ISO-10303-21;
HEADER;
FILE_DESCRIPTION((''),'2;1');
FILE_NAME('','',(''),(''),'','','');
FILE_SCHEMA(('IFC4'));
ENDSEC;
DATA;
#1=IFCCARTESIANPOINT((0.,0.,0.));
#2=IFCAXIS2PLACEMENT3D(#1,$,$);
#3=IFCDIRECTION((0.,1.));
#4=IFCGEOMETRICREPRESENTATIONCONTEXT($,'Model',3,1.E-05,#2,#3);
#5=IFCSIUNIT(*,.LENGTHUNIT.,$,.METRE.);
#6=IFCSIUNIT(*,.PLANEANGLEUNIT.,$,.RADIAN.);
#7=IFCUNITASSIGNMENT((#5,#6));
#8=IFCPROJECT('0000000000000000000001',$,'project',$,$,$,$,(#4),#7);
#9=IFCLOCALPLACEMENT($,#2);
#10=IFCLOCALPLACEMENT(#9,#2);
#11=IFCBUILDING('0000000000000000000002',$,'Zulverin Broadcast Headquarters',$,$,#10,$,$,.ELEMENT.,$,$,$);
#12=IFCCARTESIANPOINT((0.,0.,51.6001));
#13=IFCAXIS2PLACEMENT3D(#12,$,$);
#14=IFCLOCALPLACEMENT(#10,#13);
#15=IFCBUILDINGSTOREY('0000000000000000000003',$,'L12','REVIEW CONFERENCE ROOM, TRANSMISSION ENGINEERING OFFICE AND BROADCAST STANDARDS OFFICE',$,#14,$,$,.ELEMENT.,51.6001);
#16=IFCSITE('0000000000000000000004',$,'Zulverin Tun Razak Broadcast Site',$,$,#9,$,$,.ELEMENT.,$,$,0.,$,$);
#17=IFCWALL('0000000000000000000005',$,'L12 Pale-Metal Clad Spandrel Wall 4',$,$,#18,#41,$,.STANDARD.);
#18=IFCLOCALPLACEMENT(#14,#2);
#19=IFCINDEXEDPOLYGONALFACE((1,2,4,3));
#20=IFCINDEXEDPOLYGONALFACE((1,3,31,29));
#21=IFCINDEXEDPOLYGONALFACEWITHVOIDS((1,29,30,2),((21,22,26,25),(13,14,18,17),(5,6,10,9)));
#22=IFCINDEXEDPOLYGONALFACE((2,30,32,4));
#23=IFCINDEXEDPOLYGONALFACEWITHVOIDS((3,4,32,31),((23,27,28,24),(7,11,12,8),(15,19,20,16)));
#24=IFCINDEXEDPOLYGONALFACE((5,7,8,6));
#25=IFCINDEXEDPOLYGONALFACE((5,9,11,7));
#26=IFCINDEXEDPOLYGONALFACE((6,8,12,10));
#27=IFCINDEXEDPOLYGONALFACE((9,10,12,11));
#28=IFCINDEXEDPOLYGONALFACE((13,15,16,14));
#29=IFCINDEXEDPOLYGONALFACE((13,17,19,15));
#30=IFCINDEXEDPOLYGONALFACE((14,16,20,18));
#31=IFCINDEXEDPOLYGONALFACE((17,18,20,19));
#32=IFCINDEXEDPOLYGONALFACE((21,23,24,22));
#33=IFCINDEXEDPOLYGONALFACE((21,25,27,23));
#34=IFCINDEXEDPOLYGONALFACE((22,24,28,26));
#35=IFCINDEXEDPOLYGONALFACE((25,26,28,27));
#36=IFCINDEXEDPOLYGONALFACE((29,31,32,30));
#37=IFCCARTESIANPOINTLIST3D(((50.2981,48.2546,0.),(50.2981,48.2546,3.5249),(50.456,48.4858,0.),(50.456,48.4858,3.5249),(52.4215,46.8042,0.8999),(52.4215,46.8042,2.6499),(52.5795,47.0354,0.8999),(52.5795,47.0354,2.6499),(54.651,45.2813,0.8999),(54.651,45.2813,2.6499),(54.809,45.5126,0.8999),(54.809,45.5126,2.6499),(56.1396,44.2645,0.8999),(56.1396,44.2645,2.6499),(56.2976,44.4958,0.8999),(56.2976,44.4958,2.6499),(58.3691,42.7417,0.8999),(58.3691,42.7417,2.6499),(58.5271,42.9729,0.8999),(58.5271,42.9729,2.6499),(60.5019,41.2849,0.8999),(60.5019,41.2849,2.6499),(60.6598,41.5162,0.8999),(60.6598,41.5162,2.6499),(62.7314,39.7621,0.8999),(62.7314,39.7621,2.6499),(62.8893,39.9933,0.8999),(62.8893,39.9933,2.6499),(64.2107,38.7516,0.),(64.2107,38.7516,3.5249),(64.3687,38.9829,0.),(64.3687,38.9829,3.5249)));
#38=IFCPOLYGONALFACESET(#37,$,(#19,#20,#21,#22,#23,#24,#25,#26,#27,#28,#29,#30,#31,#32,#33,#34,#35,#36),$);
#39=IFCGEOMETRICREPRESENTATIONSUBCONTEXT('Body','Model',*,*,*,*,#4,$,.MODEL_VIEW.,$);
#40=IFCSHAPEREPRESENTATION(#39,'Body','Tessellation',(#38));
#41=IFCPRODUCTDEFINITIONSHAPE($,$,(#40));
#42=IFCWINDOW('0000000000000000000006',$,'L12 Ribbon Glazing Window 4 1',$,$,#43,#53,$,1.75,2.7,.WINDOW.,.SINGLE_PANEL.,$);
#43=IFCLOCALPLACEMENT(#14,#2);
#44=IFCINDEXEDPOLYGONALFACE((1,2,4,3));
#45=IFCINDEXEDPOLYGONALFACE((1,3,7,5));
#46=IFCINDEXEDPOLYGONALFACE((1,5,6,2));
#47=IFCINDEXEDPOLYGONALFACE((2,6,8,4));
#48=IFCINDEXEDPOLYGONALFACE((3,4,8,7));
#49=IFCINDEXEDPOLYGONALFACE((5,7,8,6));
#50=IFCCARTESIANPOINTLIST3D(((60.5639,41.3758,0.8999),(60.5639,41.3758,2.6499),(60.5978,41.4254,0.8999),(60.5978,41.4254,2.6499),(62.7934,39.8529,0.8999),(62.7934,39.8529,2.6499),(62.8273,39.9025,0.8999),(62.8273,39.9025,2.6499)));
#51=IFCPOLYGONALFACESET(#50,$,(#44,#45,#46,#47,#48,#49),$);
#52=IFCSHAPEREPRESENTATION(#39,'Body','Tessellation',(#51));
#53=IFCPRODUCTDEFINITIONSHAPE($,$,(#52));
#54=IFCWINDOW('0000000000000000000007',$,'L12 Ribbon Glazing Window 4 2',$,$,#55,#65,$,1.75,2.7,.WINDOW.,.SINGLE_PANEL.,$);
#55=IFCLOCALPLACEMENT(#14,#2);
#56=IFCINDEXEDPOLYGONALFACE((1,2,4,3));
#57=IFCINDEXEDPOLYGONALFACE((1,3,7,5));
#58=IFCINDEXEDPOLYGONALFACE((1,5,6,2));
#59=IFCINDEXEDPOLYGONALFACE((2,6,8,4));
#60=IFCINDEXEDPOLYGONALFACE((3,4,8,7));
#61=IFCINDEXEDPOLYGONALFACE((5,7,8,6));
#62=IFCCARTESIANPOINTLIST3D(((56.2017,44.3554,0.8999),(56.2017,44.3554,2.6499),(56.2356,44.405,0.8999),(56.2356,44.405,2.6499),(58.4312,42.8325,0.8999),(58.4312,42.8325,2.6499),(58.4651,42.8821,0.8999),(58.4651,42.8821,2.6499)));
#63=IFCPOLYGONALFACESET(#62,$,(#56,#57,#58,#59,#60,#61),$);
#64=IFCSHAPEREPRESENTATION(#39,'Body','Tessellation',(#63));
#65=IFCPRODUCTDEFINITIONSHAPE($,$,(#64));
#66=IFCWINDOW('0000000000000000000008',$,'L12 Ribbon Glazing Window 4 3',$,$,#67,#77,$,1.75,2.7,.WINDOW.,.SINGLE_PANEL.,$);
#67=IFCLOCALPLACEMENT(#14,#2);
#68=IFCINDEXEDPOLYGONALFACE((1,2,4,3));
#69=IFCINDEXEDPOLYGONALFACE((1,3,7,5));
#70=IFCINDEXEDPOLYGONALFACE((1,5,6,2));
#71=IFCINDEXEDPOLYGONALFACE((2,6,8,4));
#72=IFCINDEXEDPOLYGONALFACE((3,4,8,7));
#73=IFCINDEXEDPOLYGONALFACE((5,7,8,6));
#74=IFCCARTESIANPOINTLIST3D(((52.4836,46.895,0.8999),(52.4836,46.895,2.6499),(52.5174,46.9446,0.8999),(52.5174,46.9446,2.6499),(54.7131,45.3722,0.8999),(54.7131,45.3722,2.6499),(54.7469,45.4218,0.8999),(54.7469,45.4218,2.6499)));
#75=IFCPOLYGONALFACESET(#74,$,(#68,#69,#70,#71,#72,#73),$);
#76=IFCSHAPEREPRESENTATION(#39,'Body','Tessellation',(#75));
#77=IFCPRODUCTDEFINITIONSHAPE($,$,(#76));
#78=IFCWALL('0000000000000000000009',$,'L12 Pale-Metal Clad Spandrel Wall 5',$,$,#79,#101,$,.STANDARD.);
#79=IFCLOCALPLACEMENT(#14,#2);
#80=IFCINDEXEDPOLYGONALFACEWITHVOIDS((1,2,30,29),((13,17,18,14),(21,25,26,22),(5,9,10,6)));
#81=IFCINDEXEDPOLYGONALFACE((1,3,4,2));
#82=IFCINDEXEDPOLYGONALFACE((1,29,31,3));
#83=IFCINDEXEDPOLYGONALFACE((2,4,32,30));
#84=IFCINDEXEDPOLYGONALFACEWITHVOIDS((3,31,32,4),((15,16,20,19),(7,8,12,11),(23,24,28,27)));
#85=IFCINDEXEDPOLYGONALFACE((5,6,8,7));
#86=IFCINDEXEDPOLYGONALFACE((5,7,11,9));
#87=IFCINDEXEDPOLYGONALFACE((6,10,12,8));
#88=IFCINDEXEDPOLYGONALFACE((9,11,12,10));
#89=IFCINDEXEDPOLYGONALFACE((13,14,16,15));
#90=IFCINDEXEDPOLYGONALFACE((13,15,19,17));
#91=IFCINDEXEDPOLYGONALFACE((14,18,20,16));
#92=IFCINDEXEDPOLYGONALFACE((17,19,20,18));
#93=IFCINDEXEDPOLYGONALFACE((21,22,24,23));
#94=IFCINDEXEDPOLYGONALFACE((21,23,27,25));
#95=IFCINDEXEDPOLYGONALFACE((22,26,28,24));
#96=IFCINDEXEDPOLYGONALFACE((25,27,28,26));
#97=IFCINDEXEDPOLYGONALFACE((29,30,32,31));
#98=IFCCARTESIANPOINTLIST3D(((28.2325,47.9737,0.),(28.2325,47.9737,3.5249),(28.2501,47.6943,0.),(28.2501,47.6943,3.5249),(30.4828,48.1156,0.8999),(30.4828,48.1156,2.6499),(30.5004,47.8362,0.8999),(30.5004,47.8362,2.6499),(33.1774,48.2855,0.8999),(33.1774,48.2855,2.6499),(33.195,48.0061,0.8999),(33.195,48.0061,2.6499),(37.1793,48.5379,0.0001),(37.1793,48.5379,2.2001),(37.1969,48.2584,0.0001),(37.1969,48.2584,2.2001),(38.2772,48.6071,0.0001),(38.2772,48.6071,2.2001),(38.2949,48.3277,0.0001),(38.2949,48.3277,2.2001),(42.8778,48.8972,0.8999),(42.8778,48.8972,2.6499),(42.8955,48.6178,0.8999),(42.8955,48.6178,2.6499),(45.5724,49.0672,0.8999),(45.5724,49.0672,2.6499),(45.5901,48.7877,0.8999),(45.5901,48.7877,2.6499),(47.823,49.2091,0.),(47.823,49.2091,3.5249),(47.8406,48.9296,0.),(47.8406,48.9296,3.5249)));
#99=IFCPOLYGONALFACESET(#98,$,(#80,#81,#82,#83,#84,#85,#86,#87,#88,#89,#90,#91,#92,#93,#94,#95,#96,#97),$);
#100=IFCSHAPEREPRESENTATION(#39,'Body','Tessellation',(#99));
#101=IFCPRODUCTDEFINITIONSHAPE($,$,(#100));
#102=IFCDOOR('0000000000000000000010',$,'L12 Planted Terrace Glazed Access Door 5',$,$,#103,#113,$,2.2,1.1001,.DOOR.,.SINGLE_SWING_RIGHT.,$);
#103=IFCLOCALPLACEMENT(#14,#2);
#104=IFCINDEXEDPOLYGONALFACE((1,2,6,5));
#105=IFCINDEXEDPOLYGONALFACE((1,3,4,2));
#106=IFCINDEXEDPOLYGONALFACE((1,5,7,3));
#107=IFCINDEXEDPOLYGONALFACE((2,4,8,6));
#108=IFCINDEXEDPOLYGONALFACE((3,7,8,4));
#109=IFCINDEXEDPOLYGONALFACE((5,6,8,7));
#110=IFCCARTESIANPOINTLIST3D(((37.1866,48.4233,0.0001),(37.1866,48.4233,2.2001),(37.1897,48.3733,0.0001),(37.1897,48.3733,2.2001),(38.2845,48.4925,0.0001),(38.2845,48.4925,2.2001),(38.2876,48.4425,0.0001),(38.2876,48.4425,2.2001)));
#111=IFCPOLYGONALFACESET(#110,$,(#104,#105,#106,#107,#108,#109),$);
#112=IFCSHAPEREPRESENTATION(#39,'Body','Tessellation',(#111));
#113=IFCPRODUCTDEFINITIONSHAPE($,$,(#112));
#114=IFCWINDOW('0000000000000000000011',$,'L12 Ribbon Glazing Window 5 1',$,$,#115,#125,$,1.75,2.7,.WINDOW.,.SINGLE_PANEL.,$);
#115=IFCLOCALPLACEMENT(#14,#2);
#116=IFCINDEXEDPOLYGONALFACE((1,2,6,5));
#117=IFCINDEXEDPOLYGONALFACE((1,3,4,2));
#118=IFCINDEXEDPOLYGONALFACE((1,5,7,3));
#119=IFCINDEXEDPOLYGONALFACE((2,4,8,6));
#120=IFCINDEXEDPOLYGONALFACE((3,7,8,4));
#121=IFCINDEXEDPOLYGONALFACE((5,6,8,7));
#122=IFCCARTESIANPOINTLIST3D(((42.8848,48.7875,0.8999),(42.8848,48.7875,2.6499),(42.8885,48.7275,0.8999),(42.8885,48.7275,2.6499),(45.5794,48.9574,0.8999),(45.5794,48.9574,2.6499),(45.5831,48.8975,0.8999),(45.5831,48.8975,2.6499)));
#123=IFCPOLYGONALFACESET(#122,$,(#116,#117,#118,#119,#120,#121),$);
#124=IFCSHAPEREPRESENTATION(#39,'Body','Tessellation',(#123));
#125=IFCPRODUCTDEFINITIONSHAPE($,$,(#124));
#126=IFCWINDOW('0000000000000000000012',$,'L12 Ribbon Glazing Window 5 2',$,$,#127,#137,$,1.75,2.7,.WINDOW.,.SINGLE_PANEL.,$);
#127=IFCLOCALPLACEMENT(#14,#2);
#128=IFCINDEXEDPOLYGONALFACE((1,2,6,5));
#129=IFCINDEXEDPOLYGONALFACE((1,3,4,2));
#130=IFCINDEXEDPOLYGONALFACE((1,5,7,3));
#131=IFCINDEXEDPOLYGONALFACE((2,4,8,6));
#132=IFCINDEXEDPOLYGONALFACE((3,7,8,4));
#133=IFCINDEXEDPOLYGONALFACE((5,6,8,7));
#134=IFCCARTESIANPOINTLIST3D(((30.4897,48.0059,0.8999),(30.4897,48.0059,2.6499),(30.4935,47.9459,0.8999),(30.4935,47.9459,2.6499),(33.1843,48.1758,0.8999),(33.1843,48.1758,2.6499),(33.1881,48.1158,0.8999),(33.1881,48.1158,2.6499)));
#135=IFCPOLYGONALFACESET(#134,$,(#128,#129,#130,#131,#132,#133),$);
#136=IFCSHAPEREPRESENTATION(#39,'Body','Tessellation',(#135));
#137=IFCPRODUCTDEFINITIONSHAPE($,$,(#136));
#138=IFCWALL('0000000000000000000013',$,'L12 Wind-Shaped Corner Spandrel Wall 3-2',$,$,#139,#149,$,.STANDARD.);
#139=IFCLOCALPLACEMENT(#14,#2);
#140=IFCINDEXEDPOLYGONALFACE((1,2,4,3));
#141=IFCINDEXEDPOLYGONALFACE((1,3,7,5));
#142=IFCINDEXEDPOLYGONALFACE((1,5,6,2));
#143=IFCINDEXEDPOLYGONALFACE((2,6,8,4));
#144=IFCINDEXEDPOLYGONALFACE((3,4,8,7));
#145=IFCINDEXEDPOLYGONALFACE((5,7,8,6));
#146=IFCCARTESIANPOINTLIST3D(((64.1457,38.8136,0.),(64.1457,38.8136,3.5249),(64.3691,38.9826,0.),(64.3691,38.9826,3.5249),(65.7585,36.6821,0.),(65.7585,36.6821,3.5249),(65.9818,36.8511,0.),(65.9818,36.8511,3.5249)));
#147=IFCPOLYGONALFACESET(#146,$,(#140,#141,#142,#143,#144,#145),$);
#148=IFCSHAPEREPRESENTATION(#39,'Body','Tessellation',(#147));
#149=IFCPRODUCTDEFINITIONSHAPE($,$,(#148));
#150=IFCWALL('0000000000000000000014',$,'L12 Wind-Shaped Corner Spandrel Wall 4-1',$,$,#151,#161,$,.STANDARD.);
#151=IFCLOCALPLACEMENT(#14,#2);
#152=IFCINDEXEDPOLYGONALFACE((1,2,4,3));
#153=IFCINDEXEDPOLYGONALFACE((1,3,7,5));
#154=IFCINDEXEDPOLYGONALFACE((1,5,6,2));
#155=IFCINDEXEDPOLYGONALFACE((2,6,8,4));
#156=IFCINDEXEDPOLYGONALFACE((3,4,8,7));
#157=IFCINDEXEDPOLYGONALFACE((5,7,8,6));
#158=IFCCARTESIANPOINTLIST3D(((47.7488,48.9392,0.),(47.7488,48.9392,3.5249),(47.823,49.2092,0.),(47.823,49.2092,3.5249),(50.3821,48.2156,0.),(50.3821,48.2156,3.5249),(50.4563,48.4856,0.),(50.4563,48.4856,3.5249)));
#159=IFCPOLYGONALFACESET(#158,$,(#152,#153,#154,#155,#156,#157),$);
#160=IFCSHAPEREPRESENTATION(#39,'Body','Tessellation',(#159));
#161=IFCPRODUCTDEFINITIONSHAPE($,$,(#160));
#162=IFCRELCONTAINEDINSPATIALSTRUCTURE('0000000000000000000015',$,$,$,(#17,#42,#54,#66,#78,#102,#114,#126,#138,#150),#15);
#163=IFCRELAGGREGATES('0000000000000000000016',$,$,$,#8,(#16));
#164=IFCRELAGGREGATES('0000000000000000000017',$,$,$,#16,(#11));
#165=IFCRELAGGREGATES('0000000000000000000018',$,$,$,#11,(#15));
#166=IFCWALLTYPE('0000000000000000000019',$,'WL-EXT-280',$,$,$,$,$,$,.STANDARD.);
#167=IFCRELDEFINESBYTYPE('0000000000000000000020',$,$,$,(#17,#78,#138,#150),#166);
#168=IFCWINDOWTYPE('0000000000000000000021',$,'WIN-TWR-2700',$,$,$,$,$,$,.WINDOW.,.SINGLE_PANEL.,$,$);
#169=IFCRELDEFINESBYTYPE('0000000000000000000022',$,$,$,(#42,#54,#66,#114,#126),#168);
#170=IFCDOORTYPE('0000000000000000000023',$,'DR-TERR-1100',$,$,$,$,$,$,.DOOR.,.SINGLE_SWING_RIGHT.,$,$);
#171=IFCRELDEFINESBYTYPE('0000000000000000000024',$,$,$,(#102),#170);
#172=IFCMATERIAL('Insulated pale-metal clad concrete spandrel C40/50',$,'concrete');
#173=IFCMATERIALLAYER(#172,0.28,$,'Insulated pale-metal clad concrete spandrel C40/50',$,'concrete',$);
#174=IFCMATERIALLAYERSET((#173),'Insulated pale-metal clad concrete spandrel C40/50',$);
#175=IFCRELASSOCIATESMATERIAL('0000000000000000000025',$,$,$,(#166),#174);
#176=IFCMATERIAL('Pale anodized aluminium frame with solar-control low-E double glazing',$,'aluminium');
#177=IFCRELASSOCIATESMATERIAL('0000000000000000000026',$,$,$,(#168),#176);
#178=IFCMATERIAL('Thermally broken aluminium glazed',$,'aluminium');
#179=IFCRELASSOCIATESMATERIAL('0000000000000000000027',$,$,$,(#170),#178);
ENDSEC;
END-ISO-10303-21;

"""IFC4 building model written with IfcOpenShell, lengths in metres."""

from ifc_helpers import new_model, si_unit, direction, frame, frame_2d, origin, place, context, subcontext, project, spatial, rectangle, extrude, material, layer, layer_set, type_object, element, fill, save


model = new_model("IFC4")

# Units and contexts
model_context = context("Model", 3, precision=1e-05, world=origin(), true_north=direction((0.0, 1.0)))
body_context = subcontext(model_context, "Body", "Model", "MODEL_VIEW")
ifc_project = project(units=[si_unit("LENGTHUNIT", "METRE"), si_unit("PLANEANGLEUNIT", "RADIAN")], contexts=[model_context])

# Site, building, storey
site_placement = place(None, origin())
site = spatial("IfcSite", under=ifc_project, at=site_placement, Name="Zulverin Tun Razak Broadcast Site", CompositionType="ELEMENT", RefElevation=0.0)
building_placement = place(site_placement, origin())
building = spatial("IfcBuilding", under=site, at=building_placement, Name="Zulverin Broadcast Headquarters", CompositionType="ELEMENT")
storey_placement = place(building_placement, frame((0.0, 0.0, 51.6001)))
storey = spatial("IfcBuildingStorey", under=building, at=storey_placement, Name="L12", Description="REVIEW CONFERENCE ROOM, TRANSMISSION ENGINEERING OFFICE AND BROADCAST STANDARDS OFFICE", CompositionType="ELEMENT", Elevation=51.6001)

# Wall, openings, windows
ifc_material_1 = material(Name="Insulated pale-metal clad concrete spandrel C40/50", Category="concrete")
ifc_layer_1 = layer(ifc_material_1, 0.28, Name="Insulated pale-metal clad concrete spandrel C40/50", Category="concrete")
ifc_layer_set_1 = layer_set([ifc_layer_1], Name="Insulated pale-metal clad concrete spandrel C40/50")
wall_type_1 = type_object("IfcWallType", Name="WL-EXT-280", PredefinedType="STANDARD", material=ifc_layer_set_1)
wall_1_placement = place(storey_placement, frame((64.2898, 38.8672, 0.0), z_axis=(0.0, 0.0, 1.0), x_axis=(-0.825756, 0.564028, 0.0)))
wall_1 = element("IfcWall", 1, at=wall_1_placement, inside=storey, type_object=wall_type_1, Name="L12 Pale-Metal Clad Spandrel Wall 4", PredefinedType="STANDARD", context=body_context, shape_type="SweptSolid", body=[
    extrude(rectangle(XDim=16.8484, YDim=0.28, at=frame_2d((8.4243, 0.0))), origin(), (0.0, 0.0, 1.0), 3.5249),
])
opening_1_placement = place(wall_1_placement, frame((1.7915, 0.0, 0.8999)))
opening_1 = element("IfcOpeningElement", 2, at=opening_1_placement, cuts=wall_1, PredefinedType="OPENING", context=body_context, shape_type="SweptSolid", body=[
    extrude(rectangle(XDim=2.7, YDim=1.75, at=frame_2d((1.3501, 0.875))), frame((0.0, 0.1499, 0.0), z_axis=(0.0, -1.0, 0.0), x_axis=(1.0, 0.0, 0.0)), (0.0, 0.0, 1.0), 0.3),
])
opening_2_placement = place(wall_1_placement, frame((7.0742, 0.0, 0.8999)))
opening_2 = element("IfcOpeningElement", 3, at=opening_2_placement, cuts=wall_1, PredefinedType="OPENING", context=body_context, shape_type="SweptSolid", body=[
    extrude(rectangle(XDim=2.7, YDim=1.75, at=frame_2d((1.3501, 0.875))), frame((0.0, 0.1499, 0.0), z_axis=(0.0, -1.0, 0.0), x_axis=(1.0, 0.0, 0.0)), (0.0, 0.0, 1.0), 0.3),
])
opening_3_placement = place(wall_1_placement, frame((11.5769, 0.0, 0.8999)))
opening_3 = element("IfcOpeningElement", 4, at=opening_3_placement, cuts=wall_1, PredefinedType="OPENING", context=body_context, shape_type="SweptSolid", body=[
    extrude(rectangle(XDim=2.7, YDim=1.75, at=frame_2d((1.3501, 0.875))), frame((0.0, 0.1499, 0.0), z_axis=(0.0, -1.0, 0.0), x_axis=(1.0, 0.0, 0.0)), (0.0, 0.0, 1.0), 0.3),
])
ifc_material_2 = material(Name="Pale anodized aluminium frame with solar-control low-E double glazing", Category="aluminium")
window_type = type_object("IfcWindowType", Name="WIN-TWR-2700", PartitioningType="SINGLE_PANEL", PredefinedType="WINDOW", material=ifc_material_2)
window_1_placement = place(opening_1_placement, origin())
window_1 = element("IfcWindow", 5, at=window_1_placement, inside=storey, type_object=window_type, Name="L12 Ribbon Glazing Window 4 1", OverallHeight=1.75, OverallWidth=2.7, PartitioningType="SINGLE_PANEL", PredefinedType="WINDOW", context=body_context, shape_type="SweptSolid", body=[
    extrude(rectangle(XDim=2.7, YDim=1.75, at=frame_2d((1.3501, 0.875))), frame((0.0, 0.03, 0.0), z_axis=(0.0, -1.0, 0.0), x_axis=(1.0, 0.0, 0.0)), (0.0, 0.0, 1.0), 0.0601),
])
fill(opening_1, window_1)
window_2_placement = place(opening_2_placement, origin())
window_2 = element("IfcWindow", 6, at=window_2_placement, inside=storey, type_object=window_type, Name="L12 Ribbon Glazing Window 4 2", OverallHeight=1.75, OverallWidth=2.7, PartitioningType="SINGLE_PANEL", PredefinedType="WINDOW", context=body_context, shape_type="SweptSolid", body=[
    extrude(rectangle(XDim=2.7, YDim=1.75, at=frame_2d((1.3501, 0.875))), frame((0.0, 0.03, 0.0), z_axis=(0.0, -1.0, 0.0), x_axis=(1.0, 0.0, 0.0)), (0.0, 0.0, 1.0), 0.0601),
])
fill(opening_2, window_2)
window_3_placement = place(opening_3_placement, origin())
window_3 = element("IfcWindow", 7, at=window_3_placement, inside=storey, type_object=window_type, Name="L12 Ribbon Glazing Window 4 3", OverallHeight=1.75, OverallWidth=2.7, PartitioningType="SINGLE_PANEL", PredefinedType="WINDOW", context=body_context, shape_type="SweptSolid", body=[
    extrude(rectangle(XDim=2.7, YDim=1.75, at=frame_2d((1.3501, 0.875))), frame((0.0, 0.03, 0.0), z_axis=(0.0, -1.0, 0.0), x_axis=(1.0, 0.0, 0.0)), (0.0, 0.0, 1.0), 0.0601),
])
fill(opening_3, window_3)

# Wall, openings, door, windows
wall_2_placement = place(storey_placement, frame((47.8318, 49.0693, 0.0), z_axis=(0.0, 0.0, 1.0), x_axis=(-0.998018, -0.062933, 0.0)))
wall_2 = element("IfcWall", 8, at=wall_2_placement, inside=storey, type_object=wall_type_1, Name="L12 Pale-Metal Clad Spandrel Wall 5", PredefinedType="STANDARD", context=body_context, shape_type="SweptSolid", body=[
    extrude(rectangle(XDim=19.6294, YDim=0.28, at=frame_2d((9.8147, 0.0))), origin(), (0.0, 0.0, 1.0), 3.5249),
])
opening_4_placement = place(wall_2_placement, frame((9.5647, 0.0, 0.0)))
opening_4 = element("IfcOpeningElement", 9, at=opening_4_placement, cuts=wall_2, PredefinedType="OPENING", context=body_context, shape_type="SweptSolid", body=[
    extrude(rectangle(XDim=1.1001, YDim=2.2, at=frame_2d((0.55, 1.1001))), frame((0.0, 0.1499, 0.0), z_axis=(0.0, -1.0, 0.0), x_axis=(1.0, 0.0, 0.0)), (0.0, 0.0, 1.0), 0.3),
])
opening_5_placement = place(wall_2_placement, frame((2.2549, 0.0, 0.8999)))
opening_5 = element("IfcOpeningElement", 10, at=opening_5_placement, cuts=wall_2, PredefinedType="OPENING", context=body_context, shape_type="SweptSolid", body=[
    extrude(rectangle(XDim=2.7, YDim=1.75, at=frame_2d((1.3501, 0.875))), frame((0.0, 0.1499, 0.0), z_axis=(0.0, -1.0, 0.0), x_axis=(1.0, 0.0, 0.0)), (0.0, 0.0, 1.0), 0.3),
])
opening_6_placement = place(wall_2_placement, frame((14.6746, 0.0, 0.8999)))
opening_6 = element("IfcOpeningElement", 11, at=opening_6_placement, cuts=wall_2, PredefinedType="OPENING", context=body_context, shape_type="SweptSolid", body=[
    extrude(rectangle(XDim=2.7, YDim=1.75, at=frame_2d((1.3501, 0.875))), frame((0.0, 0.1499, 0.0), z_axis=(0.0, -1.0, 0.0), x_axis=(1.0, 0.0, 0.0)), (0.0, 0.0, 1.0), 0.3),
])
ifc_material_3 = material(Name="Thermally broken aluminium glazed", Category="aluminium")
door_type = type_object("IfcDoorType", Name="DR-TERR-1100", OperationType="SINGLE_SWING_RIGHT", PredefinedType="DOOR", material=ifc_material_3)
door_placement = place(opening_4_placement, origin())
door = element("IfcDoor", 12, at=door_placement, inside=storey, type_object=door_type, Name="L12 Planted Terrace Glazed Access Door 5", OperationType="SINGLE_SWING_RIGHT", OverallHeight=2.2, OverallWidth=1.1001, PredefinedType="DOOR", context=body_context, shape_type="SweptSolid", body=[
    extrude(rectangle(XDim=1.1001, YDim=2.2, at=frame_2d((0.55, 1.1001))), frame((0.0, 0.0249, 0.0), z_axis=(0.0, -1.0, 0.0), x_axis=(1.0, 0.0, 0.0)), (0.0, 0.0, 1.0), 0.05),
])
fill(opening_4, door)
window_4_placement = place(opening_5_placement, origin())
window_4 = element("IfcWindow", 13, at=window_4_placement, inside=storey, type_object=window_type, Name="L12 Ribbon Glazing Window 5 1", OverallHeight=1.75, OverallWidth=2.7, PartitioningType="SINGLE_PANEL", PredefinedType="WINDOW", context=body_context, shape_type="SweptSolid", body=[
    extrude(rectangle(XDim=2.7, YDim=1.75, at=frame_2d((1.3501, 0.875))), frame((0.0, 0.03, 0.0), z_axis=(0.0, -1.0, 0.0), x_axis=(1.0, 0.0, 0.0)), (0.0, 0.0, 1.0), 0.0601),
])
fill(opening_5, window_4)
window_5_placement = place(opening_6_placement, origin())
window_5 = element("IfcWindow", 14, at=window_5_placement, inside=storey, type_object=window_type, Name="L12 Ribbon Glazing Window 5 2", OverallHeight=1.75, OverallWidth=2.7, PartitioningType="SINGLE_PANEL", PredefinedType="WINDOW", context=body_context, shape_type="SweptSolid", body=[
    extrude(rectangle(XDim=2.7, YDim=1.75, at=frame_2d((1.3501, 0.875))), frame((0.0, 0.03, 0.0), z_axis=(0.0, -1.0, 0.0), x_axis=(1.0, 0.0, 0.0)), (0.0, 0.0, 1.0), 0.0601),
])
fill(opening_6, window_5)

# Walls
wall_3_placement = place(storey_placement, frame((65.8701, 36.7666, 0.0), z_axis=(0.0, 0.0, 1.0), x_axis=(-0.60337, 0.797461, 0.0)))
element("IfcWall", 15, at=wall_3_placement, inside=storey, type_object=wall_type_1, Name="L12 Wind-Shaped Corner Spandrel Wall 3-2", PredefinedType="STANDARD", context=body_context, shape_type="SweptSolid", body=[
    extrude(rectangle(XDim=2.6729, YDim=0.28, at=frame_2d((1.3364, 0.0))), origin(), (0.0, 0.0, 1.0), 3.5249),
])
wall_4_placement = place(storey_placement, frame((50.4192, 48.3506, 0.0), z_axis=(0.0, 0.0, 1.0), x_axis=(-0.964255, 0.264978, 0.0)))
element("IfcWall", 16, at=wall_4_placement, inside=storey, type_object=wall_type_1, Name="L12 Wind-Shaped Corner Spandrel Wall 4-1", PredefinedType="STANDARD", context=body_context, shape_type="SweptSolid", body=[
    extrude(rectangle(XDim=2.731, YDim=0.28, at=frame_2d((1.3655, 0.0))), origin(), (0.0, 0.0, 1.0), 3.5249),
])

save(model, "model.ifc")
